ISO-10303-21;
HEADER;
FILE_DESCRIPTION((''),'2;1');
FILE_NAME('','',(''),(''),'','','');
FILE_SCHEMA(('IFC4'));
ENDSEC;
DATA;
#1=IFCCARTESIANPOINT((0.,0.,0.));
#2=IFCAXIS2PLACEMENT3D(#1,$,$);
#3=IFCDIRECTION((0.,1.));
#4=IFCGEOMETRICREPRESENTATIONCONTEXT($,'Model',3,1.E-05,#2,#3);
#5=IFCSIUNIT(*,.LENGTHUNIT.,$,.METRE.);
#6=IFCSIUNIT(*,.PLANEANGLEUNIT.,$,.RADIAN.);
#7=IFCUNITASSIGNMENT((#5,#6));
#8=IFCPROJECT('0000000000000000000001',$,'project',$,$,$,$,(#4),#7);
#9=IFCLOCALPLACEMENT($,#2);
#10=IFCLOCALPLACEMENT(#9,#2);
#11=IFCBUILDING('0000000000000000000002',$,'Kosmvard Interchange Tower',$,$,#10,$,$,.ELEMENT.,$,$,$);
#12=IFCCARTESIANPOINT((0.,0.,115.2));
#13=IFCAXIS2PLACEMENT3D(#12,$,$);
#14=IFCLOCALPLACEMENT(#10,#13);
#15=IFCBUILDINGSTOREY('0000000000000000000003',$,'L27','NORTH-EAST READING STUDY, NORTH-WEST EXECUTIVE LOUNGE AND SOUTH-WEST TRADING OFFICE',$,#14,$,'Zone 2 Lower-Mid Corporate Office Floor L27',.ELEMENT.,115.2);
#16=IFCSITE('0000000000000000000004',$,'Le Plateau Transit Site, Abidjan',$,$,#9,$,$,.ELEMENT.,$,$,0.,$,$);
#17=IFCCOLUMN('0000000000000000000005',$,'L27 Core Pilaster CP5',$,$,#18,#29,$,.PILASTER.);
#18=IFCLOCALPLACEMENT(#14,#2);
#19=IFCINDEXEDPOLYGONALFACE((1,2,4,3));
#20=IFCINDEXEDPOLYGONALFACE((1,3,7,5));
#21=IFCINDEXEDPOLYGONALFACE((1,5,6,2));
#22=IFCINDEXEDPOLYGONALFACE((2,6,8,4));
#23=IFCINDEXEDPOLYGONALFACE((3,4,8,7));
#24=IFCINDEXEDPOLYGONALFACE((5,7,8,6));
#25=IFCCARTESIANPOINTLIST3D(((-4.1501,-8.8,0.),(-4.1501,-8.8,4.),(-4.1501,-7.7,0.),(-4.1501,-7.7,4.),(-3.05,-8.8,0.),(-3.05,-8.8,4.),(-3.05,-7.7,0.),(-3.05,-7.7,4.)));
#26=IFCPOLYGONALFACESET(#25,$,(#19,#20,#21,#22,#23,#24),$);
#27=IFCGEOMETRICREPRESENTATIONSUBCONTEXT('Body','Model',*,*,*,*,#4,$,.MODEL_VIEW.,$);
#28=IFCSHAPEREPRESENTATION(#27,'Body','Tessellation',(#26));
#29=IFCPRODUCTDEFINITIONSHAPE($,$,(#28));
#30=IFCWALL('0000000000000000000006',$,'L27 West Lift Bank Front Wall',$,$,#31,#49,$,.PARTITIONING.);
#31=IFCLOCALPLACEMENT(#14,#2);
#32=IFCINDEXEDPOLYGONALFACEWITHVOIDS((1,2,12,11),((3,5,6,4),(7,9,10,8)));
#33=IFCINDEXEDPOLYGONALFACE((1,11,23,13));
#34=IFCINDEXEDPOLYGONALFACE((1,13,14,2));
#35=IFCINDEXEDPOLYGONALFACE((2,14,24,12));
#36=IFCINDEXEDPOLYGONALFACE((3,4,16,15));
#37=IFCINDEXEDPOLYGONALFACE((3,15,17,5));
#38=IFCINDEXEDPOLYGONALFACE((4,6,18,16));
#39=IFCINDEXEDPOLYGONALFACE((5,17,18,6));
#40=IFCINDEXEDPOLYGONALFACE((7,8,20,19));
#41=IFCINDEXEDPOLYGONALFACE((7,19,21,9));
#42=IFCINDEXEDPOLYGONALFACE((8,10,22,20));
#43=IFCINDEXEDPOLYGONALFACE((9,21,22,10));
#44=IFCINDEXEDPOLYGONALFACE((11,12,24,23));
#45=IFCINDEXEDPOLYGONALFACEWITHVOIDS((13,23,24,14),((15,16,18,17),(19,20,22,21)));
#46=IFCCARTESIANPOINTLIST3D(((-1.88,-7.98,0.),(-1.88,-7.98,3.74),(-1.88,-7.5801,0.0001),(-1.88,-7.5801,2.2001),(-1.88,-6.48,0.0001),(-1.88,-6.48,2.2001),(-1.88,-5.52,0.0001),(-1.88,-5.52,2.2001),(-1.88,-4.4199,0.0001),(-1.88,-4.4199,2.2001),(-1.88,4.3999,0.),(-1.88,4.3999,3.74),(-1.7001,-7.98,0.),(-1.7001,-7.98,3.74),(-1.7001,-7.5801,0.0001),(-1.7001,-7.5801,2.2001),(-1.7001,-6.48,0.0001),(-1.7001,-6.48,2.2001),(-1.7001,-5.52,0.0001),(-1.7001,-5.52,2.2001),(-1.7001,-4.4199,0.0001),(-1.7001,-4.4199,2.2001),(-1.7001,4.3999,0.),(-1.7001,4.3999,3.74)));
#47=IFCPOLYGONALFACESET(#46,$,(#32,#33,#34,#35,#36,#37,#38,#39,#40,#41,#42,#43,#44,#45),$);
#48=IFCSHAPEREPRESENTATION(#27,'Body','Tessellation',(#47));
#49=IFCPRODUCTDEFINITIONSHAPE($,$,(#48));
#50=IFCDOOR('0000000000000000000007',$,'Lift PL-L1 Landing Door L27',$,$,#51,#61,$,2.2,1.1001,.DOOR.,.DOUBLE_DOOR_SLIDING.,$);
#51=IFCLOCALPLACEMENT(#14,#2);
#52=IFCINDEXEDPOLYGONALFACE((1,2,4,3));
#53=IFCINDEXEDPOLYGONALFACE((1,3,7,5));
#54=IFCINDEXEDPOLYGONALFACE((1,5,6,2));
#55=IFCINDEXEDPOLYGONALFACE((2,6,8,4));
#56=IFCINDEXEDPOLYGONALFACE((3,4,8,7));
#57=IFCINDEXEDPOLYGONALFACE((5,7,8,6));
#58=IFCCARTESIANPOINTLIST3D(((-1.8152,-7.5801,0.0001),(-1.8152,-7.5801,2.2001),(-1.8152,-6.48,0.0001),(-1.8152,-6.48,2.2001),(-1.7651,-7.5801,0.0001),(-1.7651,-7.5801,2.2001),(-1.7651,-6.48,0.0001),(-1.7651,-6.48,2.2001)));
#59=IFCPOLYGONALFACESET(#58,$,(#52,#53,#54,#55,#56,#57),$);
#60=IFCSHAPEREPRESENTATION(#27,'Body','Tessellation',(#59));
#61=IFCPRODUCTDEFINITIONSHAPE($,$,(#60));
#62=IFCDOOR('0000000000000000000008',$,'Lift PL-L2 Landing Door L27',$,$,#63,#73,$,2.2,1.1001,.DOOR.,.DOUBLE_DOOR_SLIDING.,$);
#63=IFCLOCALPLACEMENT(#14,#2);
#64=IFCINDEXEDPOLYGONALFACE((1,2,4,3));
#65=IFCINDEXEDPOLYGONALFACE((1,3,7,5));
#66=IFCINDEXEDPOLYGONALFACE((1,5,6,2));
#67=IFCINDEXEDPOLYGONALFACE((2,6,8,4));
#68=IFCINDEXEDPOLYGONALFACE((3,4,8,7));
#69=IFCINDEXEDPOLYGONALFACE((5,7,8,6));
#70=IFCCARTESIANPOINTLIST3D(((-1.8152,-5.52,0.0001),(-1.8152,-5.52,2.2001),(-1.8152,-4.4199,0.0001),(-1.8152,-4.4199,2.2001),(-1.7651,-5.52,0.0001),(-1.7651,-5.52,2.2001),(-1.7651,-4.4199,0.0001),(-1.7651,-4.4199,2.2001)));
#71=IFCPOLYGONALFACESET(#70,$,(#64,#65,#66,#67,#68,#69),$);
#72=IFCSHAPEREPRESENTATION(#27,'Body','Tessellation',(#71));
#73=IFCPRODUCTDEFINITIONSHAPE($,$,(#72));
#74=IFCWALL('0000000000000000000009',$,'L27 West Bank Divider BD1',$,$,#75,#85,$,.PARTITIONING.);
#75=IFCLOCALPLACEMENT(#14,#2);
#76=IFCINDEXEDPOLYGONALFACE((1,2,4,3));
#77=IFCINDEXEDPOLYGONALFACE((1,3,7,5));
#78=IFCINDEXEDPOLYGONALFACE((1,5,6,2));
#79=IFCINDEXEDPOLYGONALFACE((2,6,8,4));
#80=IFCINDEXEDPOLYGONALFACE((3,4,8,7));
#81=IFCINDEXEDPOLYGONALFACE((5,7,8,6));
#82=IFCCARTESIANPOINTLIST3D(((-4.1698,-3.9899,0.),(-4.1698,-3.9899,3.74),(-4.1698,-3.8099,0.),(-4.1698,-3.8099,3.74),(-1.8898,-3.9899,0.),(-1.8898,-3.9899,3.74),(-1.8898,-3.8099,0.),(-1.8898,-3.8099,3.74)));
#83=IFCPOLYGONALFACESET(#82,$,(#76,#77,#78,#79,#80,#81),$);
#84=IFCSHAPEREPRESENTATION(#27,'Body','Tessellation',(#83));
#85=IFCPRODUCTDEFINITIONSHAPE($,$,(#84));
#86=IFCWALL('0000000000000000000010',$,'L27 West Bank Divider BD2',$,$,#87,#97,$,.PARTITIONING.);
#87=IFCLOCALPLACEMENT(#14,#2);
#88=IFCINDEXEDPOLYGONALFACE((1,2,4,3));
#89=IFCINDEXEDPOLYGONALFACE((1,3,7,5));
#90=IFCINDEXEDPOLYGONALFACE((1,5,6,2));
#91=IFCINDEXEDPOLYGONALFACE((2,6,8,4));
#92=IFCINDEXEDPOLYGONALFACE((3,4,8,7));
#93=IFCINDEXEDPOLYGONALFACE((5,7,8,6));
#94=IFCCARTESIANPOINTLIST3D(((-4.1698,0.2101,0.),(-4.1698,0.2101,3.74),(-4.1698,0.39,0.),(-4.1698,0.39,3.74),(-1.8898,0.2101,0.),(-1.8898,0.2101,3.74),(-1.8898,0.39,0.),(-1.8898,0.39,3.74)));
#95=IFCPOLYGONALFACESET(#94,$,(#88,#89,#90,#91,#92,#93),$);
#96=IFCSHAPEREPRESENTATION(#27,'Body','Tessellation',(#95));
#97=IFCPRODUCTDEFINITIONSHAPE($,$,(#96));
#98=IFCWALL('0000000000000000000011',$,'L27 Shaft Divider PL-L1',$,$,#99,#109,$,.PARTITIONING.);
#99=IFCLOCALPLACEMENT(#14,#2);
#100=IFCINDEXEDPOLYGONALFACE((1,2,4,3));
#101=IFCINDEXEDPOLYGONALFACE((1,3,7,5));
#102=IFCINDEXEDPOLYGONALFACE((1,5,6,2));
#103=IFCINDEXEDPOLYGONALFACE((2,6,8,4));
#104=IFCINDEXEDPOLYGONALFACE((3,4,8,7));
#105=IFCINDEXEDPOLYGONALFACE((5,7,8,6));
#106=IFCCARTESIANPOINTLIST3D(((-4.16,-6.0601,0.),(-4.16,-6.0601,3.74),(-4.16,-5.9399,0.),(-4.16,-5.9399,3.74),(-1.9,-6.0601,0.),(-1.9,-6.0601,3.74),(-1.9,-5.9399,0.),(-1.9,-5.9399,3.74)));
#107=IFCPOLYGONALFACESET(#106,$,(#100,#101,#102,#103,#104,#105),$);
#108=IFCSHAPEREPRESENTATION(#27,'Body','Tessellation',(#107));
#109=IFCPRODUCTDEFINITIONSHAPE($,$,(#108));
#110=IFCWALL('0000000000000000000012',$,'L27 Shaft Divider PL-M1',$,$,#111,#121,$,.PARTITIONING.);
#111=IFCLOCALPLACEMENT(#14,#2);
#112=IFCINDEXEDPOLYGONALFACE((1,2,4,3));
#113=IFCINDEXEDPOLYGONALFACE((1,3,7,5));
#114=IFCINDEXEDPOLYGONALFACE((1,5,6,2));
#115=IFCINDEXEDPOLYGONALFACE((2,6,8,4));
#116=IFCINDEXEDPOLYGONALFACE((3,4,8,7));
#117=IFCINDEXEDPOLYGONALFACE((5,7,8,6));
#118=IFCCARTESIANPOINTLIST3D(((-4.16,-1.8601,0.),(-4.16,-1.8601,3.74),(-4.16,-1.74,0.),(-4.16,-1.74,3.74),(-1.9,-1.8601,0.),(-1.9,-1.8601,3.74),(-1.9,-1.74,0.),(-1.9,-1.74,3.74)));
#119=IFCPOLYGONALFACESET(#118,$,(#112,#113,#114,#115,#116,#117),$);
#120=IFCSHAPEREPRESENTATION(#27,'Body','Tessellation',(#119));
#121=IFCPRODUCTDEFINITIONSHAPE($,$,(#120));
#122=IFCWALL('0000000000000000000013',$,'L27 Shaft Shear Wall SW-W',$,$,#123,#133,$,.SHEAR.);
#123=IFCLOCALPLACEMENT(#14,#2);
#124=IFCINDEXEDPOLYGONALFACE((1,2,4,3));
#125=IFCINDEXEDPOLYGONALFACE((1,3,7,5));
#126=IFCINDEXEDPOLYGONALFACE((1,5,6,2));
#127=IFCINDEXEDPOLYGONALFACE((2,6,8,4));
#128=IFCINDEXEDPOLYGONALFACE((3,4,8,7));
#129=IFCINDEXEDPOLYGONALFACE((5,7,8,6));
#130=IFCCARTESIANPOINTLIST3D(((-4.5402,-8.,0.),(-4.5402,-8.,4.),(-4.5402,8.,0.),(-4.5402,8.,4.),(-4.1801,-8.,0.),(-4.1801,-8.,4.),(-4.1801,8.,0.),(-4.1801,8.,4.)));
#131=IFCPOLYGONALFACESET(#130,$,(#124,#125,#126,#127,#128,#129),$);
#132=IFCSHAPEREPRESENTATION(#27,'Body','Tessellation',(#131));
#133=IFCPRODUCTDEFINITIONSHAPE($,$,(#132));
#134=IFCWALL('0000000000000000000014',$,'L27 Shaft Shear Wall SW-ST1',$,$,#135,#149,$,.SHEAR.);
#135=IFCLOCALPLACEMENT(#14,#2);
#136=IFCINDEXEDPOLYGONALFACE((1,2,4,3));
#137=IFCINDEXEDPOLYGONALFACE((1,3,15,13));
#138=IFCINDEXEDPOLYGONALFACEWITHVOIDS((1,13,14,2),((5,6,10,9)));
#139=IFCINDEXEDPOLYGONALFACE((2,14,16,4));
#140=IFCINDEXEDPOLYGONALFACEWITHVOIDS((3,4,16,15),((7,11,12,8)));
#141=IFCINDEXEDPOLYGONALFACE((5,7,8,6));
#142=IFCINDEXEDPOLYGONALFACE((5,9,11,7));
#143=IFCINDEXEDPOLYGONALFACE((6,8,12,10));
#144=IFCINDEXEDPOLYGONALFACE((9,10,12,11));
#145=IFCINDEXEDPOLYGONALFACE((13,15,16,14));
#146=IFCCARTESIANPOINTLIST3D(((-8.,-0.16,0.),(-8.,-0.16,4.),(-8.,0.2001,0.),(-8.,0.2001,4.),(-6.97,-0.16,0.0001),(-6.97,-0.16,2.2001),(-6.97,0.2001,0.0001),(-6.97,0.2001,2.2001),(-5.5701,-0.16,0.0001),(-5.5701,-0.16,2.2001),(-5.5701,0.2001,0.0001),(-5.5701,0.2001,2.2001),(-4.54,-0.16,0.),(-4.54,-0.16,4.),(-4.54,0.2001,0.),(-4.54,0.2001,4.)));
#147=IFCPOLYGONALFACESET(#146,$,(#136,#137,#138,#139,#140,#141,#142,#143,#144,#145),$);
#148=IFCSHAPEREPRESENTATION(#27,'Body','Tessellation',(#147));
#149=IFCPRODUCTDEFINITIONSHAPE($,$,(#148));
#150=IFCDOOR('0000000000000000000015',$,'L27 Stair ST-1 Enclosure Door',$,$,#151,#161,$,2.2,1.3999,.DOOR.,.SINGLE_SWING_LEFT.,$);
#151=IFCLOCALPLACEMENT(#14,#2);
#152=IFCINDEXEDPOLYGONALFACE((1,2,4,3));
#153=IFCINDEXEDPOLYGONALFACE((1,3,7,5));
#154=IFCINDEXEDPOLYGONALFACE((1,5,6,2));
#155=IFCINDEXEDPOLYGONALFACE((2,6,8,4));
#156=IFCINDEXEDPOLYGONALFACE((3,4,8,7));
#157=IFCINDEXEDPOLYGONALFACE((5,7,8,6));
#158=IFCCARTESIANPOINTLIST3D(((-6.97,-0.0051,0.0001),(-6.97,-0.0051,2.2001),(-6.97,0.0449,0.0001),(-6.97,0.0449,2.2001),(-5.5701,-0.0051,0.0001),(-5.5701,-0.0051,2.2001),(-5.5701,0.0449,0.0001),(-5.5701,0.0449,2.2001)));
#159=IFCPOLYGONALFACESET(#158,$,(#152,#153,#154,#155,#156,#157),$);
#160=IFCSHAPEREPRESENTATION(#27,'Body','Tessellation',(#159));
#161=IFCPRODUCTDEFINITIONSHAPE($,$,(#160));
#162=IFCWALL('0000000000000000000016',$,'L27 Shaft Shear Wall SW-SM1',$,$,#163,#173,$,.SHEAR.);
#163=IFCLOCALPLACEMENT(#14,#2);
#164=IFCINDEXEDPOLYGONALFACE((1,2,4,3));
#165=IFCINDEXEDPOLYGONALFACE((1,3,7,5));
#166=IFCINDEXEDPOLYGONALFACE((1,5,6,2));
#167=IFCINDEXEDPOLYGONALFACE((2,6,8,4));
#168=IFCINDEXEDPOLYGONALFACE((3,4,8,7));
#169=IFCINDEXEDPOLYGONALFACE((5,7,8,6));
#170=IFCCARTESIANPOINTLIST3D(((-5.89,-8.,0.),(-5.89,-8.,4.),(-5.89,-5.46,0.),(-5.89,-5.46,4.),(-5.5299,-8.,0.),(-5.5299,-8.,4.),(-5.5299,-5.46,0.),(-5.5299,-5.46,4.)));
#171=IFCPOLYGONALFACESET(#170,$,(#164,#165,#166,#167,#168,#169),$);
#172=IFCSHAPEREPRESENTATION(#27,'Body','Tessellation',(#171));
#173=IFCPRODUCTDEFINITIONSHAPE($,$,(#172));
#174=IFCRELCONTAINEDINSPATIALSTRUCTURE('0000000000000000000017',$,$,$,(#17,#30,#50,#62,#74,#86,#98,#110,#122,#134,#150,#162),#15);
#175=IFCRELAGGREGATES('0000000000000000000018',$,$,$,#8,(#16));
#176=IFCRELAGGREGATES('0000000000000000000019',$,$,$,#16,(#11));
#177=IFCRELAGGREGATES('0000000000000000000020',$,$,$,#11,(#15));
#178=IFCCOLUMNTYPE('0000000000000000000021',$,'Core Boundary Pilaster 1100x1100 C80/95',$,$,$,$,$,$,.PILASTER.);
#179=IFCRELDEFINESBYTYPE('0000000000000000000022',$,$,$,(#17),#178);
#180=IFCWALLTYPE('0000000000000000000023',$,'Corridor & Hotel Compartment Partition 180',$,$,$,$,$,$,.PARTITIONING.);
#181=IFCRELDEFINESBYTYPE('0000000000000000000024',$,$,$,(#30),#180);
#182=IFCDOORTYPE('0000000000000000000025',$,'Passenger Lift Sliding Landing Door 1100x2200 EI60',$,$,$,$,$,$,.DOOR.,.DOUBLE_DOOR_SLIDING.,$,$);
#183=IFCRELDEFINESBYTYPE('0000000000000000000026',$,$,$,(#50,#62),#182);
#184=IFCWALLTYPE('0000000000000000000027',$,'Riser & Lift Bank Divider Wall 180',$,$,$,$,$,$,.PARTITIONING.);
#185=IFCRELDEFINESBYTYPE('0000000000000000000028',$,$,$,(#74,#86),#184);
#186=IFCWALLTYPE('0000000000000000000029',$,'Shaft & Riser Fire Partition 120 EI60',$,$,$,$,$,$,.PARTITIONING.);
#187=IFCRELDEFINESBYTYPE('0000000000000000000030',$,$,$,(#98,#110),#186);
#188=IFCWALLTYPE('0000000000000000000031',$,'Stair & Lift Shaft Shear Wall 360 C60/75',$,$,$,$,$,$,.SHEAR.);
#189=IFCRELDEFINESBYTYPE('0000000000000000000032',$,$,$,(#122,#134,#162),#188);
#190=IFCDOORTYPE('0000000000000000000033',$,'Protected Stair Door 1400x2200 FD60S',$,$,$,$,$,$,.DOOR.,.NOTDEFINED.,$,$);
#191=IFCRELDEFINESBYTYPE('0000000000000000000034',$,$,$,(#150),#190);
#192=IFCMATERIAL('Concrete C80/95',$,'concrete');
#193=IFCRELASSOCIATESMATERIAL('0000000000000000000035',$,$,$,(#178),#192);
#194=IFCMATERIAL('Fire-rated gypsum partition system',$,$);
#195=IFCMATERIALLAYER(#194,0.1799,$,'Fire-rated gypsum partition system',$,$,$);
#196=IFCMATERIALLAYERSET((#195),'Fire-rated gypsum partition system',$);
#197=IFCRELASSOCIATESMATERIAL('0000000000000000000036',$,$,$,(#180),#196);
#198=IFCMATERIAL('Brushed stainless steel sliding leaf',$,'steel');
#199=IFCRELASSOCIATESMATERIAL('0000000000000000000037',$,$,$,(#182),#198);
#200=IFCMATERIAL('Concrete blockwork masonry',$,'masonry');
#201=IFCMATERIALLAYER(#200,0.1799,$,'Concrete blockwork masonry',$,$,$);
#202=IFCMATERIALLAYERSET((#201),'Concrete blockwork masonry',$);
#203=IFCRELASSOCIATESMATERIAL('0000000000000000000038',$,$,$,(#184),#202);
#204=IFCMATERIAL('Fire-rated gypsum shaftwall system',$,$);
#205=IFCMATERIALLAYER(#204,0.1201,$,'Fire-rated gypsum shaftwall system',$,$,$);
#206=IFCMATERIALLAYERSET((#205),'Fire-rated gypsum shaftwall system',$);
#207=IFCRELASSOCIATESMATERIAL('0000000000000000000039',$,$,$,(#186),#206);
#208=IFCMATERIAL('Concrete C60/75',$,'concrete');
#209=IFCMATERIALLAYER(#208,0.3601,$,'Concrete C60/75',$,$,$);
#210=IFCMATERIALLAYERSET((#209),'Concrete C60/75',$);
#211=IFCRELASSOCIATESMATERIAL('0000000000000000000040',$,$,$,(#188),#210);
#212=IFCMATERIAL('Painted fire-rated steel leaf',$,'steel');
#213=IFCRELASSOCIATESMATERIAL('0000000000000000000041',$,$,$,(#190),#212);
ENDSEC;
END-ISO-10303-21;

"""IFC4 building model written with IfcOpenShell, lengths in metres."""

from ifc_helpers import new_model, si_unit, direction, frame, frame_2d, origin, origin_2d, place, context, subcontext, project, spatial, rectangle, extrude, source, transform, mapped, material, layer, layer_set, material_profile, profile_set, type_object, element, fill, save


model = new_model("IFC4")

# Units and contexts
model_context = context("Model", 3, precision=1e-05, world=origin(), true_north=direction((0.0, 1.0)))
body_context = subcontext(model_context, "Body", "Model", "MODEL_VIEW")
ifc_project = project(units=[si_unit("LENGTHUNIT", "METRE"), si_unit("PLANEANGLEUNIT", "RADIAN")], contexts=[model_context])

# Site, building, storey
site_placement = place(None, origin())
site = spatial("IfcSite", under=ifc_project, at=site_placement, Name="Le Plateau Transit Site, Abidjan", CompositionType="ELEMENT", RefElevation=0.0)
building_placement = place(site_placement, origin())
building = spatial("IfcBuilding", under=site, at=building_placement, Name="Kosmvard Interchange Tower", CompositionType="ELEMENT")
storey_placement = place(building_placement, frame((0.0, 0.0, 115.2)))
storey = spatial("IfcBuildingStorey", under=building, at=storey_placement, Name="L27", Description="NORTH-EAST READING STUDY, NORTH-WEST EXECUTIVE LOUNGE AND SOUTH-WEST TRADING OFFICE", LongName="Zone 2 Lower-Mid Corporate Office Floor L27", CompositionType="ELEMENT", Elevation=115.2)

# Column
ifc_material_1 = material(Name="Concrete C80/95", Category="concrete")
ifc_material_profile = material_profile(ifc_material_1, rectangle(XDim=1.1001, YDim=1.1001, at=origin_2d()), Name="CP 1100x1100")
ifc_profile_set = profile_set([ifc_material_profile], Name="Concrete C80/95")
column_type = type_object("IfcColumnType", Name="Core Boundary Pilaster 1100x1100 C80/95", PredefinedType="PILASTER", material=ifc_profile_set)
shared_shape_1 = source(origin(), body_context, "Body", "SweptSolid", [
    extrude(rectangle(XDim=1.1001, YDim=1.1001, at=origin_2d()), origin(), (0.0, 0.0, 1.0), 4.0),
])
column_placement = place(storey_placement, frame((-3.6001, -8.25, 0.0), z_axis=(0.0, 0.0, 1.0), x_axis=(1.0, 0.0, 0.0)))
element("IfcColumn", 1, at=column_placement, inside=storey, type_object=column_type, Name="L27 Core Pilaster CP5", PredefinedType="PILASTER", context=body_context, shape_type="MappedRepresentation", body=[
    mapped(shared_shape_1, transform((0.0, 0.0, 0.0), scale=1.0)),
])

# Wall, openings, doors
ifc_material_2 = material(Name="Fire-rated gypsum partition system")
ifc_layer_1 = layer(ifc_material_2, 0.1799, Name="Fire-rated gypsum partition system")
ifc_layer_set_1 = layer_set([ifc_layer_1], Name="Fire-rated gypsum partition system")
wall_type_1 = type_object("IfcWallType", Name="Corridor & Hotel Compartment Partition 180", PredefinedType="PARTITIONING", material=ifc_layer_set_1)
wall_1_placement = place(storey_placement, frame((-1.79, -7.98, 0.0), z_axis=(0.0, 0.0, 1.0), x_axis=(0.0, 1.0, 0.0)))
wall_1 = element("IfcWall", 2, at=wall_1_placement, inside=storey, type_object=wall_type_1, Name="L27 West Lift Bank Front Wall", PredefinedType="PARTITIONING", context=body_context, shape_type="SweptSolid", body=[
    extrude(rectangle(XDim=12.3799, YDim=0.1799, at=frame_2d((6.1899, 0.0))), origin(), (0.0, 0.0, 1.0), 3.74),
])
opening_1_placement = place(wall_1_placement, frame((0.3999, 0.0, 0.0)))
opening_1 = element("IfcOpeningElement", 3, at=opening_1_placement, cuts=wall_1, PredefinedType="OPENING", context=body_context, shape_type="SweptSolid", body=[
    extrude(rectangle(XDim=1.1001, YDim=2.2, at=frame_2d((0.55, 1.1001))), frame((0.0, 0.1001, 0.0), z_axis=(0.0, -1.0, 0.0), x_axis=(1.0, 0.0, 0.0)), (0.0, 0.0, 1.0), 0.2),
])
opening_2_placement = place(wall_1_placement, frame((2.46, 0.0, 0.0)))
opening_2 = element("IfcOpeningElement", 4, at=opening_2_placement, cuts=wall_1, PredefinedType="OPENING", context=body_context, shape_type="SweptSolid", body=[
    extrude(rectangle(XDim=1.1001, YDim=2.2, at=frame_2d((0.55, 1.1001))), frame((0.0, 0.1001, 0.0), z_axis=(0.0, -1.0, 0.0), x_axis=(1.0, 0.0, 0.0)), (0.0, 0.0, 1.0), 0.2),
])
ifc_material_3 = material(Name="Brushed stainless steel sliding leaf", Category="steel")
door_type_1 = type_object("IfcDoorType", Name="Passenger Lift Sliding Landing Door 1100x2200 EI60", OperationType="DOUBLE_DOOR_SLIDING", PredefinedType="DOOR", material=ifc_material_3)
shared_shape_2 = source(origin(), body_context, "Body", "SweptSolid", [
    extrude(rectangle(XDim=1.1001, YDim=2.2, at=frame_2d((0.55, 1.1001))), frame((0.0, 0.0249, 0.0), z_axis=(0.0, -1.0, 0.0), x_axis=(1.0, 0.0, 0.0)), (0.0, 0.0, 1.0), 0.05),
])
door_1_placement = place(opening_1_placement, frame((1.1001, 0.0, 0.0), z_axis=(0.0, 0.0, 1.0), x_axis=(-1.0, 0.0, 0.0)))
door_1 = element("IfcDoor", 5, at=door_1_placement, inside=storey, type_object=door_type_1, Name="Lift PL-L1 Landing Door L27", OperationType="DOUBLE_DOOR_SLIDING", OverallHeight=2.2, OverallWidth=1.1001, PredefinedType="DOOR", context=body_context, shape_type="MappedRepresentation", body=[
    mapped(shared_shape_2, transform((0.0, 0.0, 0.0), scale=1.0)),
])
fill(opening_1, door_1)
door_2_placement = place(opening_2_placement, frame((1.1001, 0.0, 0.0), z_axis=(0.0, 0.0, 1.0), x_axis=(-1.0, 0.0, 0.0)))
door_2 = element("IfcDoor", 6, at=door_2_placement, inside=storey, type_object=door_type_1, Name="Lift PL-L2 Landing Door L27", OperationType="DOUBLE_DOOR_SLIDING", OverallHeight=2.2, OverallWidth=1.1001, PredefinedType="DOOR", context=body_context, shape_type="MappedRepresentation", body=[
    mapped(shared_shape_2, transform((0.0, 0.0, 0.0), scale=1.0)),
])
fill(opening_2, door_2)

# Walls
ifc_material_4 = material(Name="Concrete blockwork masonry", Category="masonry")
ifc_layer_2 = layer(ifc_material_4, 0.1799, Name="Concrete blockwork masonry")
ifc_layer_set_2 = layer_set([ifc_layer_2], Name="Concrete blockwork masonry")
wall_type_2 = type_object("IfcWallType", Name="Riser & Lift Bank Divider Wall 180", PredefinedType="PARTITIONING", material=ifc_layer_set_2)
for number, where, z_axis, x_axis, name in (
    (7, (-4.1699, -3.8999, 0.0), (0.0, 0.0, 1.0), (1.0, 0.0, 0.0), "L27 West Bank Divider BD1"),
    (8, (-4.1699, 0.3, 0.0), (0.0, 0.0, 1.0), (1.0, 0.0, 0.0), "L27 West Bank Divider BD2"),
):
    element("IfcWall", number, at=place(storey_placement, frame(where, z_axis=z_axis, x_axis=x_axis)), inside=storey, type_object=wall_type_2, Name=name, PredefinedType="PARTITIONING", context=body_context, shape_type="SweptSolid", body=[
        extrude(rectangle(XDim=2.28, YDim=0.1799, at=frame_2d((1.1401, 0.0))), origin(), (0.0, 0.0, 1.0), 3.74),
    ])
ifc_material_5 = material(Name="Fire-rated gypsum shaftwall system")
ifc_layer_3 = layer(ifc_material_5, 0.1201, Name="Fire-rated gypsum shaftwall system")
ifc_layer_set_3 = layer_set([ifc_layer_3], Name="Fire-rated gypsum shaftwall system")
wall_type_3 = type_object("IfcWallType", Name="Shaft & Riser Fire Partition 120 EI60", PredefinedType="PARTITIONING", material=ifc_layer_set_3)
for number, where, z_axis, x_axis, name in (
    (9, (-4.1599, -6.0, 0.0), (0.0, 0.0, 1.0), (1.0, 0.0, 0.0), "L27 Shaft Divider PL-L1"),
    (10, (-4.1599, -1.8, 0.0), (0.0, 0.0, 1.0), (1.0, 0.0, 0.0), "L27 Shaft Divider PL-M1"),
):
    element("IfcWall", number, at=place(storey_placement, frame(where, z_axis=z_axis, x_axis=x_axis)), inside=storey, type_object=wall_type_3, Name=name, PredefinedType="PARTITIONING", context=body_context, shape_type="SweptSolid", body=[
        extrude(rectangle(XDim=2.26, YDim=0.1201, at=frame_2d((1.1299, 0.0))), origin(), (0.0, 0.0, 1.0), 3.74),
    ])
ifc_material_6 = material(Name="Concrete C60/75", Category="concrete")
ifc_layer_4 = layer(ifc_material_6, 0.3601, Name="Concrete C60/75")
ifc_layer_set_4 = layer_set([ifc_layer_4], Name="Concrete C60/75")
wall_type_4 = type_object("IfcWallType", Name="Stair & Lift Shaft Shear Wall 360 C60/75", PredefinedType="SHEAR", material=ifc_layer_set_4)
wall_2_placement = place(storey_placement, frame((-4.3601, -8.0, 0.0), z_axis=(0.0, 0.0, 1.0), x_axis=(0.0, 1.0, 0.0)))
element("IfcWall", 11, at=wall_2_placement, inside=storey, type_object=wall_type_4, Name="L27 Shaft Shear Wall SW-W", PredefinedType="SHEAR", context=body_context, shape_type="SweptSolid", body=[
    extrude(rectangle(XDim=16.0, YDim=0.3601, at=frame_2d((8.0, 0.0))), origin(), (0.0, 0.0, 1.0), 4.0),
])

# Wall, opening, door
wall_3_placement = place(storey_placement, frame((-8.0, 0.02, 0.0), z_axis=(0.0, 0.0, 1.0), x_axis=(1.0, 0.0, 0.0)))
wall_3 = element("IfcWall", 12, at=wall_3_placement, inside=storey, type_object=wall_type_4, Name="L27 Shaft Shear Wall SW-ST1", PredefinedType="SHEAR", context=body_context, shape_type="SweptSolid", body=[
    extrude(rectangle(XDim=3.46, YDim=0.3601, at=frame_2d((1.73, 0.0))), origin(), (0.0, 0.0, 1.0), 4.0),
])
opening_3_placement = place(wall_3_placement, frame((1.03, 0.0, 0.0)))
opening_3 = element("IfcOpeningElement", 13, at=opening_3_placement, cuts=wall_3, PredefinedType="OPENING", context=body_context, shape_type="SweptSolid", body=[
    extrude(rectangle(XDim=1.3999, YDim=2.2, at=frame_2d((0.7, 1.1001))), frame((0.0, 0.1899, 0.0), z_axis=(0.0, -1.0, 0.0), x_axis=(1.0, 0.0, 0.0)), (0.0, 0.0, 1.0), 0.3801),
])
ifc_material_7 = material(Name="Painted fire-rated steel leaf", Category="steel")
door_type_2 = type_object("IfcDoorType", Name="Protected Stair Door 1400x2200 FD60S", OperationType="NOTDEFINED", PredefinedType="DOOR", material=ifc_material_7)
shared_shape_3 = source(origin(), body_context, "Body", "SweptSolid", [
    extrude(rectangle(XDim=1.3999, YDim=2.2, at=frame_2d((0.7, 1.1001))), frame((0.0, 0.0249, 0.0), z_axis=(0.0, -1.0, 0.0), x_axis=(1.0, 0.0, 0.0)), (0.0, 0.0, 1.0), 0.05),
])
door_3_placement = place(opening_3_placement, origin())
door_3 = element("IfcDoor", 14, at=door_3_placement, inside=storey, type_object=door_type_2, Name="L27 Stair ST-1 Enclosure Door", OperationType="SINGLE_SWING_LEFT", OverallHeight=2.2, OverallWidth=1.3999, PredefinedType="DOOR", context=body_context, shape_type="MappedRepresentation", body=[
    mapped(shared_shape_3, transform((0.0, 0.0, 0.0), scale=1.0)),
])
fill(opening_3, door_3)

# Wall
wall_4_placement = place(storey_placement, frame((-5.71, -8.0, 0.0), z_axis=(0.0, 0.0, 1.0), x_axis=(0.0, 1.0, 0.0)))
element("IfcWall", 15, at=wall_4_placement, inside=storey, type_object=wall_type_4, Name="L27 Shaft Shear Wall SW-SM1", PredefinedType="SHEAR", context=body_context, shape_type="SweptSolid", body=[
    extrude(rectangle(XDim=2.54, YDim=0.3601, at=frame_2d((1.27, 0.0))), origin(), (0.0, 0.0, 1.0), 4.0),
])

save(model, "model.ifc")
